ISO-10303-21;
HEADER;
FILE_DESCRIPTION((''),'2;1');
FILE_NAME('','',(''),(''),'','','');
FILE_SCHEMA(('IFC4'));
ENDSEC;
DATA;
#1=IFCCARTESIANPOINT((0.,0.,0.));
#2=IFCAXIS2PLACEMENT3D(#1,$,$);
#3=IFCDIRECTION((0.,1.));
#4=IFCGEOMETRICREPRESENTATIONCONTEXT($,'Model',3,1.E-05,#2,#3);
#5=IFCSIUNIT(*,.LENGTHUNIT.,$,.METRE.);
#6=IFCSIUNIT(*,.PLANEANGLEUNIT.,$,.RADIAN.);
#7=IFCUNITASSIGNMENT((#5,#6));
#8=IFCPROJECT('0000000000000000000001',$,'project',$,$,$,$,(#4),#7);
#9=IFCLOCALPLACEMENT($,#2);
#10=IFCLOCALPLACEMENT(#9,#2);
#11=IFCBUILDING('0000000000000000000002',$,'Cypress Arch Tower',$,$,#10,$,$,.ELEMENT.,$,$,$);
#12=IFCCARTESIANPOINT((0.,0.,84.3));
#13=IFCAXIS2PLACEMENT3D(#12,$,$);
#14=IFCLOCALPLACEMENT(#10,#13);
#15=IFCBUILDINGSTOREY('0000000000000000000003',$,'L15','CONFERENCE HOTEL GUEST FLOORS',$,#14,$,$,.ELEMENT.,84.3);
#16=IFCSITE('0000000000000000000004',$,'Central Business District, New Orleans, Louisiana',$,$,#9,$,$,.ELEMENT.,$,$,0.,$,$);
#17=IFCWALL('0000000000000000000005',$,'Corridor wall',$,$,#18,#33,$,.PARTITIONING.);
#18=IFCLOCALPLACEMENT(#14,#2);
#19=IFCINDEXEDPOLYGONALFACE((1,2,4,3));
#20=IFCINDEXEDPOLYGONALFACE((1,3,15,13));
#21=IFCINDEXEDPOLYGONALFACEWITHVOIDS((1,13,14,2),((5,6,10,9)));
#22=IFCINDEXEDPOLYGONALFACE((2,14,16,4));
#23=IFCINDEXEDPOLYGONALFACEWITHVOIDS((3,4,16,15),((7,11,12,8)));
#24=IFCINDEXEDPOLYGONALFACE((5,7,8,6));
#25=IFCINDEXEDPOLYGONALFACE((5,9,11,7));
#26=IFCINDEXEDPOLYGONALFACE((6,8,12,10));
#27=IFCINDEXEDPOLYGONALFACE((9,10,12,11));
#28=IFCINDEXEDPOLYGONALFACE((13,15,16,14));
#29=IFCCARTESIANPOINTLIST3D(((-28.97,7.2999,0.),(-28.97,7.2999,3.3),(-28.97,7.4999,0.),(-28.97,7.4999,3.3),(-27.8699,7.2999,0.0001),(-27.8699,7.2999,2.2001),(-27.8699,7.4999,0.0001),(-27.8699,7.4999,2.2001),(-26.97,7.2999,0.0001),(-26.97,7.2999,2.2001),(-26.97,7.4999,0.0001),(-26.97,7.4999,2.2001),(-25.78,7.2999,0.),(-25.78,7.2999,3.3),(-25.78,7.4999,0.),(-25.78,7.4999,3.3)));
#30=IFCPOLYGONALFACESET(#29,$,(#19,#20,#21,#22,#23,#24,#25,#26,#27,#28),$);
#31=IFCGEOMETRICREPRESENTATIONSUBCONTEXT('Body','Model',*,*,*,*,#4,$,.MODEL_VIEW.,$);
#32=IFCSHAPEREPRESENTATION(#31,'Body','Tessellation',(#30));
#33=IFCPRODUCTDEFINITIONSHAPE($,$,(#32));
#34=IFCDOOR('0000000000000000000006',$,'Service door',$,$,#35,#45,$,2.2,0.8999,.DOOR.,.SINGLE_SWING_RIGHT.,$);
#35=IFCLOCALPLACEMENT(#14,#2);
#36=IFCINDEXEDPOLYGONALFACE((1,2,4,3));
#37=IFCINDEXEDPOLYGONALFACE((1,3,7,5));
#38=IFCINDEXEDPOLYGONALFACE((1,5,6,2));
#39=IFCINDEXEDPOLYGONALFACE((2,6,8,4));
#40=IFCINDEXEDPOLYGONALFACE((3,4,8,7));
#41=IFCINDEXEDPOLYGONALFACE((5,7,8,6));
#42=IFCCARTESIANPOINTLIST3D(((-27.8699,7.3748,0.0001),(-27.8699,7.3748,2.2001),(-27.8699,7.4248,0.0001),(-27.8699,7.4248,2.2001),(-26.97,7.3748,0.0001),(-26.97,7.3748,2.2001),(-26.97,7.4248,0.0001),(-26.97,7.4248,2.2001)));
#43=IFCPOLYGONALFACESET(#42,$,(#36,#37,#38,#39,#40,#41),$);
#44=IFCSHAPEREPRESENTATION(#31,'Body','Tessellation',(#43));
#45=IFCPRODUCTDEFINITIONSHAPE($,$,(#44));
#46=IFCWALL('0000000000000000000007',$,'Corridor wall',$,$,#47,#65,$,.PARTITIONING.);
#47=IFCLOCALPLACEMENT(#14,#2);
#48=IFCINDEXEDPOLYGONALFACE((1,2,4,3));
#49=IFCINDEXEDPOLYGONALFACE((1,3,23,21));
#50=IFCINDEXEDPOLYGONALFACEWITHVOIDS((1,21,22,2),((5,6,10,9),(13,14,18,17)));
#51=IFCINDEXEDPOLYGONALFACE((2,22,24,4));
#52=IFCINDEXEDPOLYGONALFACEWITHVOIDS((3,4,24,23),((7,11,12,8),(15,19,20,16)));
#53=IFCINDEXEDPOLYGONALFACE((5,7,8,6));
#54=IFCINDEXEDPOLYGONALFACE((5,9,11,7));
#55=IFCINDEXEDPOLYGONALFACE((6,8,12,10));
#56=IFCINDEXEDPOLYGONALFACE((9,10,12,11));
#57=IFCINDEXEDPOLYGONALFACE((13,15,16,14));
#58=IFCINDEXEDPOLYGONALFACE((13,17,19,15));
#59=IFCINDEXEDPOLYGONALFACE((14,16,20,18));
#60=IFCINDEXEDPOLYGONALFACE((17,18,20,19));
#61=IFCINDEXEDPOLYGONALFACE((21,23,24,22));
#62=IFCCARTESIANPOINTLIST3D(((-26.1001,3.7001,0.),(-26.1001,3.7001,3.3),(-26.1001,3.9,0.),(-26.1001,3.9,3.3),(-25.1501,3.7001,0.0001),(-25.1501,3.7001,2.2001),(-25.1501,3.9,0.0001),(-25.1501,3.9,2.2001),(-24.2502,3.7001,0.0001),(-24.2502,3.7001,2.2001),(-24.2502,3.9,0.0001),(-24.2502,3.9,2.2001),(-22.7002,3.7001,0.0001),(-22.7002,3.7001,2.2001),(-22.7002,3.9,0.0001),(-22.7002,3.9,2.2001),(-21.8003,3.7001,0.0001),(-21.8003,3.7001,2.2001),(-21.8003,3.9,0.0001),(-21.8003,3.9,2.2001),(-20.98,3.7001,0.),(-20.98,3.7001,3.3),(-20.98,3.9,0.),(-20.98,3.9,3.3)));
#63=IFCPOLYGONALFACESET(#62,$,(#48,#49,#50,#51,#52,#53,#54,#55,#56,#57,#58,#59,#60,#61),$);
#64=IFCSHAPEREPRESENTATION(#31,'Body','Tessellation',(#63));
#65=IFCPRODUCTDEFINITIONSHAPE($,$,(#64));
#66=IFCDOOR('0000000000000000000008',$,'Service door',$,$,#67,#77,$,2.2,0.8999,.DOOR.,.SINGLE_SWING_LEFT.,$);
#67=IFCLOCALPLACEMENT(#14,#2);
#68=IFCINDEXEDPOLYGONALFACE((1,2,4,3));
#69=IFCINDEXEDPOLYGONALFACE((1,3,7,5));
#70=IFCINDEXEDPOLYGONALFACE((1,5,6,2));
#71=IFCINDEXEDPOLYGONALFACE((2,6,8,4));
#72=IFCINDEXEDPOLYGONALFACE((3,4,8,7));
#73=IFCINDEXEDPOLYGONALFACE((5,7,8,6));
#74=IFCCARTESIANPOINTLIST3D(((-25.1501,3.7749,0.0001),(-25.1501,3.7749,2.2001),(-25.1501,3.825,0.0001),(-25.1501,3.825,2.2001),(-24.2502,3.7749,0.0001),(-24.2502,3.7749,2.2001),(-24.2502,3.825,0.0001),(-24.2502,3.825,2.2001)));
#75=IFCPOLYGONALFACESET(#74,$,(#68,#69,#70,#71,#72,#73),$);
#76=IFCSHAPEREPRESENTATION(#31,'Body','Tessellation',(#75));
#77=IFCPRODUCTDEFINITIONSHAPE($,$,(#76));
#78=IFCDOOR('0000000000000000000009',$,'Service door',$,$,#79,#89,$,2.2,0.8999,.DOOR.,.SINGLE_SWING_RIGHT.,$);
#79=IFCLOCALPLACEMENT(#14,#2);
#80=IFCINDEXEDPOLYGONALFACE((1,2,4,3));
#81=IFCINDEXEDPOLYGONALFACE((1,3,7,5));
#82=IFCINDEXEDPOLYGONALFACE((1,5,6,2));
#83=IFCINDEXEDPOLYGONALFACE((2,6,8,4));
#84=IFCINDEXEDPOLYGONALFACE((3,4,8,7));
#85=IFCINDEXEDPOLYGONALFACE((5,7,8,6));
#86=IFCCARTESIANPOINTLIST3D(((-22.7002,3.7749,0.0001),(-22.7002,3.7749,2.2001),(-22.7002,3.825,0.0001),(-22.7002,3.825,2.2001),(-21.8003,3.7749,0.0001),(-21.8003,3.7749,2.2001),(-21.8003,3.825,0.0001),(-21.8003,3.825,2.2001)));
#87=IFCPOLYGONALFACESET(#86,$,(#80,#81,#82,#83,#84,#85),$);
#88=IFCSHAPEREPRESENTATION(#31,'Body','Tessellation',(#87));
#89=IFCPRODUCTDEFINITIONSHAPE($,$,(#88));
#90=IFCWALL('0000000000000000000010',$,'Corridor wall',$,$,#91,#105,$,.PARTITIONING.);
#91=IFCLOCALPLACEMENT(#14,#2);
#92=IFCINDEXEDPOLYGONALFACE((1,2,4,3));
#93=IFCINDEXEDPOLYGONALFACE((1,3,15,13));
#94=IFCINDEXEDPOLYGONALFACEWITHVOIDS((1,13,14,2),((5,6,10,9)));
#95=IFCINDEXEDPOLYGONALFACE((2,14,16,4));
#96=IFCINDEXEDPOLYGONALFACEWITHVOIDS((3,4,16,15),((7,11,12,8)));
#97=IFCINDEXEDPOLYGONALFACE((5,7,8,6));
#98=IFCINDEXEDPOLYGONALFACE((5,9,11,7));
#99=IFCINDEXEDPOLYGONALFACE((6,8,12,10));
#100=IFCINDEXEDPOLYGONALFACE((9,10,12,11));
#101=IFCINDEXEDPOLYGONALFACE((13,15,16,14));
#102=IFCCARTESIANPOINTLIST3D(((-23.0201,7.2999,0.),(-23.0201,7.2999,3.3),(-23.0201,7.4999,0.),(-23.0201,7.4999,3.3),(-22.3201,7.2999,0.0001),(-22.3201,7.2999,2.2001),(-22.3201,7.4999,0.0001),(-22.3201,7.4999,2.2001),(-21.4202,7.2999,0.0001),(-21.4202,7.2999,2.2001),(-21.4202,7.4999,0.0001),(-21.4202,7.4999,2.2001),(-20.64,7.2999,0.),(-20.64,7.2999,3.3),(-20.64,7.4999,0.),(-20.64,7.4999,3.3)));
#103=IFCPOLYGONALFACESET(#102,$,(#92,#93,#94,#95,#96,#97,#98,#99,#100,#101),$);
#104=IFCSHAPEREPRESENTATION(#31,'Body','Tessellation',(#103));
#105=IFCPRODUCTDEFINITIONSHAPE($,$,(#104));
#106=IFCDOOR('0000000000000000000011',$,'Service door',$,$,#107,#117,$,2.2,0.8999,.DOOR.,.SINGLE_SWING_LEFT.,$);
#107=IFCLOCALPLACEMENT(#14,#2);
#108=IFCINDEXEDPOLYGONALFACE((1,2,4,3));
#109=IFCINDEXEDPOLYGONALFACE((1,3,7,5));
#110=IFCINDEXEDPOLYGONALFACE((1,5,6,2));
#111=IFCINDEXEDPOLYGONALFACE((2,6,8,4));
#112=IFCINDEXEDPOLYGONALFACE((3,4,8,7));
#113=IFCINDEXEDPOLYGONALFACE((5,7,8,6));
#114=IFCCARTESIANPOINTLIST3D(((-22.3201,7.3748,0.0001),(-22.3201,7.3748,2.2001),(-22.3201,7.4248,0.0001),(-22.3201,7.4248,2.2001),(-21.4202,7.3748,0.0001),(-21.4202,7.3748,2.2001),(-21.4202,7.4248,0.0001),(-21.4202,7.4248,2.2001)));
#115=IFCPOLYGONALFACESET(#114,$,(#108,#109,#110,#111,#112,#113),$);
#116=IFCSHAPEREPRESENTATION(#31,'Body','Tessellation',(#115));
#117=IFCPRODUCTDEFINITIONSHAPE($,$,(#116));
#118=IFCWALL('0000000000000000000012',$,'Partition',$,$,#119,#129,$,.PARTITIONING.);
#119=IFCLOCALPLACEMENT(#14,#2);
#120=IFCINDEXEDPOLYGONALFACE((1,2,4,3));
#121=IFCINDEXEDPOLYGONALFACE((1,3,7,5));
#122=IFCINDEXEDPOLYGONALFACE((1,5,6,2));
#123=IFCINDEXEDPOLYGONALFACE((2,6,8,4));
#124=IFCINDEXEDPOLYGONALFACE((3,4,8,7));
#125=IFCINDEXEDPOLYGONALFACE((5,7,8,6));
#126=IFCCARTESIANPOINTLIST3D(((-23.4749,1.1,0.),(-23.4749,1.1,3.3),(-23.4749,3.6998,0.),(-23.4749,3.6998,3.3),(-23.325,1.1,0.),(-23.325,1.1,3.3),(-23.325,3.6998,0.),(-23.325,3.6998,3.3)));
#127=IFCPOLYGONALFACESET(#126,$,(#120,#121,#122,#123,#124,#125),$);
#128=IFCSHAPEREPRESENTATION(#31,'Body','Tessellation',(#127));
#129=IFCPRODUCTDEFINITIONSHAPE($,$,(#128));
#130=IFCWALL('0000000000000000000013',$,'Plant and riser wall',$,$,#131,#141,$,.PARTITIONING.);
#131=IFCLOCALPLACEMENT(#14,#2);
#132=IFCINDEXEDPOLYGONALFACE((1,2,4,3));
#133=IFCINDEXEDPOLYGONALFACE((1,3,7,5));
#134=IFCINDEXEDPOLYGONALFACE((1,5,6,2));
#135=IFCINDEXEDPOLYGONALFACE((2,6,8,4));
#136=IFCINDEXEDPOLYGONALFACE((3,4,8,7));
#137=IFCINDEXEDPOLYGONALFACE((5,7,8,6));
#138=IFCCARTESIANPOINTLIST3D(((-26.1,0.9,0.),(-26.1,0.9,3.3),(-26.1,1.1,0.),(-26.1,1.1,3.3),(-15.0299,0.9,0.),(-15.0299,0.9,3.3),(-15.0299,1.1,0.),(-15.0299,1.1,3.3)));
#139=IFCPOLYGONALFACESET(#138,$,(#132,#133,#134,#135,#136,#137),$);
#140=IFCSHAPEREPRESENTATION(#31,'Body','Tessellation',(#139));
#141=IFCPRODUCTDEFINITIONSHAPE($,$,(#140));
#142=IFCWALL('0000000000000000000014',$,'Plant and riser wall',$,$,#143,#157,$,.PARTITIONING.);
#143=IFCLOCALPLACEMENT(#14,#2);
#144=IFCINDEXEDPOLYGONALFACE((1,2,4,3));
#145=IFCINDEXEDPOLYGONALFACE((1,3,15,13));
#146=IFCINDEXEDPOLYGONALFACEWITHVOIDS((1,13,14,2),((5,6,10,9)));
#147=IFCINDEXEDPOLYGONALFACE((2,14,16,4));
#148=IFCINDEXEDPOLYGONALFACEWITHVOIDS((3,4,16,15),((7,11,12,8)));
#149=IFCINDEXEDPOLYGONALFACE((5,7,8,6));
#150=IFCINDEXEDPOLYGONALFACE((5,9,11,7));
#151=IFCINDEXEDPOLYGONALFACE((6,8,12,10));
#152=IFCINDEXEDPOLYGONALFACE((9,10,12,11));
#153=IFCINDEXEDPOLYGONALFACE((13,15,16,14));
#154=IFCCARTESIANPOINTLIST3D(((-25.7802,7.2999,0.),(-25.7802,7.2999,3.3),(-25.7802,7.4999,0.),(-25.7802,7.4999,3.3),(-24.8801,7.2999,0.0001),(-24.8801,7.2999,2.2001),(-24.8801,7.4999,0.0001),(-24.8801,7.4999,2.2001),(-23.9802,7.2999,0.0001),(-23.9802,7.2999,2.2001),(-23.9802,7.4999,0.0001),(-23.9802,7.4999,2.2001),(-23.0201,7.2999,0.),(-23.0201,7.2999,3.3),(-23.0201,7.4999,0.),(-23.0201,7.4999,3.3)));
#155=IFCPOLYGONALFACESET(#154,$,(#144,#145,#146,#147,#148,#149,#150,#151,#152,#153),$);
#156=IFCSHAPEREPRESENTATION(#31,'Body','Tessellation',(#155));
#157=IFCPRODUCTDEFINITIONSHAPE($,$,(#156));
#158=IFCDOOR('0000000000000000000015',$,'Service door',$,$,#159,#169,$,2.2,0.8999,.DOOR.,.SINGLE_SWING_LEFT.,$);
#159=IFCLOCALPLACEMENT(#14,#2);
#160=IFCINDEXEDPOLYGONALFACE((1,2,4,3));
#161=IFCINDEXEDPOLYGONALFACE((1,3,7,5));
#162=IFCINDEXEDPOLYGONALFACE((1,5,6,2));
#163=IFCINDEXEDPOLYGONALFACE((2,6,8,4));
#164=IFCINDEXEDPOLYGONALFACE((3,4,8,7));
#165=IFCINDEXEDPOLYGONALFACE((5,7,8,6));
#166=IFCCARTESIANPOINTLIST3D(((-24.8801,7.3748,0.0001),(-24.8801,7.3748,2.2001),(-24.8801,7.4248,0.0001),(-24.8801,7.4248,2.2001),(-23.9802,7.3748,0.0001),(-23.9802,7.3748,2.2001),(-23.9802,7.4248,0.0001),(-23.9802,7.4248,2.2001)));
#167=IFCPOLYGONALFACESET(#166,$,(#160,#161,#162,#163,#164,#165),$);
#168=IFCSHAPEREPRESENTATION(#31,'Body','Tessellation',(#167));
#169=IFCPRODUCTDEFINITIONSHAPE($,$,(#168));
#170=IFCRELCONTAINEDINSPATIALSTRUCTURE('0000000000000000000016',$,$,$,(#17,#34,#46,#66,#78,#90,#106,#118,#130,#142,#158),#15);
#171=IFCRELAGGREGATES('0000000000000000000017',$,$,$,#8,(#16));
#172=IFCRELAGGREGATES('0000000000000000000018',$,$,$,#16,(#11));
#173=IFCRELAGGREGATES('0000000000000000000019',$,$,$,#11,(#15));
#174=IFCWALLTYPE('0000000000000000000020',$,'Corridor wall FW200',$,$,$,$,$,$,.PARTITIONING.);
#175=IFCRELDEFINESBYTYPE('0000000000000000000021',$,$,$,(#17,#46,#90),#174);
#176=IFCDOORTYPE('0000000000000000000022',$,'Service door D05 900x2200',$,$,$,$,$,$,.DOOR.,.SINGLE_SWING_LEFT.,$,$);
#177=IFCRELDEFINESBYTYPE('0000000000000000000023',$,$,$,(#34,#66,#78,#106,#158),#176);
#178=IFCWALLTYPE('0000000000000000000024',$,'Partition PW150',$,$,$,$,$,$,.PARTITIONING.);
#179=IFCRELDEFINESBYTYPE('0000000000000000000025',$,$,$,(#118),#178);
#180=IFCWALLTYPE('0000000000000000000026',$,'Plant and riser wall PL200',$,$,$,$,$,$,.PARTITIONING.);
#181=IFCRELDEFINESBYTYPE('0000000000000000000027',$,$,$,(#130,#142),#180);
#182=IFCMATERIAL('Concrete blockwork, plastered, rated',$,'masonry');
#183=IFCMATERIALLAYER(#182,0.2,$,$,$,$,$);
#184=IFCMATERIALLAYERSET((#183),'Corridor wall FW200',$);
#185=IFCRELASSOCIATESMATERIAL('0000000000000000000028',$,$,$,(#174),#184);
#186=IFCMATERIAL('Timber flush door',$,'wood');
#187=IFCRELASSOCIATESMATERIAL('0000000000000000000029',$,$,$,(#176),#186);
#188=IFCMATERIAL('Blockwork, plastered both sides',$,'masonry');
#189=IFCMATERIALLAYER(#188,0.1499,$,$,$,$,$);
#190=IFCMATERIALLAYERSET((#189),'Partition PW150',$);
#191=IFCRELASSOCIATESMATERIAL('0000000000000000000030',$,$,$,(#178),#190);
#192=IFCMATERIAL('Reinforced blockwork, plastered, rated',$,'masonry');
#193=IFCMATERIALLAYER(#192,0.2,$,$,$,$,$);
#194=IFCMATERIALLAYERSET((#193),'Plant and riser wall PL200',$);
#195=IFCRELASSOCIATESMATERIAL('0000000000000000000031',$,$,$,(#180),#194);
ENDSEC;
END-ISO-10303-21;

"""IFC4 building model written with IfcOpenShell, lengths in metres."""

from ifc_helpers import new_model, si_unit, direction, frame, frame_2d, origin, place, context, subcontext, project, spatial, rectangle, extrude, material, layer, layer_set, type_object, element, fill, save


model = new_model("IFC4")

# Units and contexts
model_context = context("Model", 3, precision=1e-05, world=origin(), true_north=direction((0.0, 1.0)))
body_context = subcontext(model_context, "Body", "Model", "MODEL_VIEW")
ifc_project = project(units=[si_unit("LENGTHUNIT", "METRE"), si_unit("PLANEANGLEUNIT", "RADIAN")], contexts=[model_context])

# Site, building, storey
site_placement = place(None, origin())
site = spatial("IfcSite", under=ifc_project, at=site_placement, Name="Central Business District, New Orleans, Louisiana", CompositionType="ELEMENT", RefElevation=0.0)
building_placement = place(site_placement, origin())
building = spatial("IfcBuilding", under=site, at=building_placement, Name="Cypress Arch Tower", CompositionType="ELEMENT")
storey_placement = place(building_placement, frame((0.0, 0.0, 84.3)))
storey = spatial("IfcBuildingStorey", under=building, at=storey_placement, Name="L15", Description="CONFERENCE HOTEL GUEST FLOORS", CompositionType="ELEMENT", Elevation=84.3)

# Wall, opening, door
ifc_material_1 = material(Name="Concrete blockwork, plastered, rated", Category="masonry")
ifc_layer_1 = layer(ifc_material_1, 0.2)
ifc_layer_set_1 = layer_set([ifc_layer_1], Name="Corridor wall FW200")
wall_type_1 = type_object("IfcWallType", Name="Corridor wall FW200", PredefinedType="PARTITIONING", material=ifc_layer_set_1)
wall_1_placement = place(storey_placement, frame((-28.97, 7.3999, 0.0), z_axis=(0.0, 0.0, 1.0), x_axis=(1.0, 0.0, 0.0)))
wall_1 = element("IfcWall", 1, at=wall_1_placement, inside=storey, type_object=wall_type_1, Name="Corridor wall", PredefinedType="PARTITIONING", context=body_context, shape_type="SweptSolid", body=[
    extrude(rectangle(XDim=3.1899, YDim=0.2, at=frame_2d((1.595, 0.0))), origin(), (0.0, 0.0, 1.0), 3.3),
])
opening_1_placement = place(wall_1_placement, frame((1.1001, 0.0, 0.0)))
opening_1 = element("IfcOpeningElement", 2, at=opening_1_placement, cuts=wall_1, PredefinedType="OPENING", context=body_context, shape_type="SweptSolid", body=[
    extrude(rectangle(XDim=0.8999, YDim=2.2, at=frame_2d((0.45, 1.1001))), frame((0.0, 0.1099, 0.0), z_axis=(0.0, -1.0, 0.0), x_axis=(1.0, 0.0, 0.0)), (0.0, 0.0, 1.0), 0.22),
])
ifc_material_2 = material(Name="Timber flush door", Category="wood")
door_type = type_object("IfcDoorType", Name="Service door D05 900x2200", OperationType="SINGLE_SWING_LEFT", PredefinedType="DOOR", material=ifc_material_2)
door_1_placement = place(opening_1_placement, origin())
door_1 = element("IfcDoor", 3, at=door_1_placement, inside=storey, type_object=door_type, Name="Service door", OperationType="SINGLE_SWING_RIGHT", OverallHeight=2.2, OverallWidth=0.8999, PredefinedType="DOOR", context=body_context, shape_type="SweptSolid", body=[
    extrude(rectangle(XDim=0.8999, YDim=2.2, at=frame_2d((0.45, 1.1001))), frame((0.0, 0.0249, 0.0), z_axis=(0.0, -1.0, 0.0), x_axis=(1.0, 0.0, 0.0)), (0.0, 0.0, 1.0), 0.05),
])
fill(opening_1, door_1)

# Wall, openings, doors
wall_2_placement = place(storey_placement, frame((-26.1001, 3.8, 0.0), z_axis=(0.0, 0.0, 1.0), x_axis=(1.0, 0.0, 0.0)))
wall_2 = element("IfcWall", 4, at=wall_2_placement, inside=storey, type_object=wall_type_1, Name="Corridor wall", PredefinedType="PARTITIONING", context=body_context, shape_type="SweptSolid", body=[
    extrude(rectangle(XDim=5.1201, YDim=0.2, at=frame_2d((2.5601, 0.0))), origin(), (0.0, 0.0, 1.0), 3.3),
])
opening_2_placement = place(wall_2_placement, frame((0.95, 0.0, 0.0)))
opening_2 = element("IfcOpeningElement", 5, at=opening_2_placement, cuts=wall_2, PredefinedType="OPENING", context=body_context, shape_type="SweptSolid", body=[
    extrude(rectangle(XDim=0.8999, YDim=2.2, at=frame_2d((0.45, 1.1001))), frame((0.0, 0.1099, 0.0), z_axis=(0.0, -1.0, 0.0), x_axis=(1.0, 0.0, 0.0)), (0.0, 0.0, 1.0), 0.22),
])
opening_3_placement = place(wall_2_placement, frame((3.3999, 0.0, 0.0)))
opening_3 = element("IfcOpeningElement", 6, at=opening_3_placement, cuts=wall_2, PredefinedType="OPENING", context=body_context, shape_type="SweptSolid", body=[
    extrude(rectangle(XDim=0.8999, YDim=2.2, at=frame_2d((0.45, 1.1001))), frame((0.0, 0.1099, 0.0), z_axis=(0.0, -1.0, 0.0), x_axis=(1.0, 0.0, 0.0)), (0.0, 0.0, 1.0), 0.22),
])
door_2_placement = place(opening_2_placement, origin())
door_2 = element("IfcDoor", 7, at=door_2_placement, inside=storey, type_object=door_type, Name="Service door", OperationType="SINGLE_SWING_LEFT", OverallHeight=2.2, OverallWidth=0.8999, PredefinedType="DOOR", context=body_context, shape_type="SweptSolid", body=[
    extrude(rectangle(XDim=0.8999, YDim=2.2, at=frame_2d((0.45, 1.1001))), frame((0.0, 0.0249, 0.0), z_axis=(0.0, -1.0, 0.0), x_axis=(1.0, 0.0, 0.0)), (0.0, 0.0, 1.0), 0.05),
])
fill(opening_2, door_2)
door_3_placement = place(opening_3_placement, origin())
door_3 = element("IfcDoor", 8, at=door_3_placement, inside=storey, type_object=door_type, Name="Service door", OperationType="SINGLE_SWING_RIGHT", OverallHeight=2.2, OverallWidth=0.8999, PredefinedType="DOOR", context=body_context, shape_type="SweptSolid", body=[
    extrude(rectangle(XDim=0.8999, YDim=2.2, at=frame_2d((0.45, 1.1001))), frame((0.0, 0.0249, 0.0), z_axis=(0.0, -1.0, 0.0), x_axis=(1.0, 0.0, 0.0)), (0.0, 0.0, 1.0), 0.05),
])
fill(opening_3, door_3)

# Wall, opening, door
wall_3_placement = place(storey_placement, frame((-23.02, 7.3999, 0.0), z_axis=(0.0, 0.0, 1.0), x_axis=(1.0, 0.0, 0.0)))
wall_3 = element("IfcWall", 9, at=wall_3_placement, inside=storey, type_object=wall_type_1, Name="Corridor wall", PredefinedType="PARTITIONING", context=body_context, shape_type="SweptSolid", body=[
    extrude(rectangle(XDim=2.3801, YDim=0.2, at=frame_2d((1.1899, 0.0))), origin(), (0.0, 0.0, 1.0), 3.3),
])
opening_4_placement = place(wall_3_placement, frame((0.7, 0.0, 0.0)))
opening_4 = element("IfcOpeningElement", 10, at=opening_4_placement, cuts=wall_3, PredefinedType="OPENING", context=body_context, shape_type="SweptSolid", body=[
    extrude(rectangle(XDim=0.8999, YDim=2.2, at=frame_2d((0.45, 1.1001))), frame((0.0, 0.1099, 0.0), z_axis=(0.0, -1.0, 0.0), x_axis=(1.0, 0.0, 0.0)), (0.0, 0.0, 1.0), 0.22),
])
door_4_placement = place(opening_4_placement, origin())
door_4 = element("IfcDoor", 11, at=door_4_placement, inside=storey, type_object=door_type, Name="Service door", OperationType="SINGLE_SWING_LEFT", OverallHeight=2.2, OverallWidth=0.8999, PredefinedType="DOOR", context=body_context, shape_type="SweptSolid", body=[
    extrude(rectangle(XDim=0.8999, YDim=2.2, at=frame_2d((0.45, 1.1001))), frame((0.0, 0.0249, 0.0), z_axis=(0.0, -1.0, 0.0), x_axis=(1.0, 0.0, 0.0)), (0.0, 0.0, 1.0), 0.05),
])
fill(opening_4, door_4)

# Walls
ifc_material_3 = material(Name="Blockwork, plastered both sides", Category="masonry")
ifc_layer_2 = layer(ifc_material_3, 0.1499)
ifc_layer_set_2 = layer_set([ifc_layer_2], Name="Partition PW150")
wall_type_2 = type_object("IfcWallType", Name="Partition PW150", PredefinedType="PARTITIONING", material=ifc_layer_set_2)
wall_4_placement = place(storey_placement, frame((-23.3999, 1.1001, 0.0), z_axis=(0.0, 0.0, 1.0), x_axis=(0.0, 1.0, 0.0)))
element("IfcWall", 12, at=wall_4_placement, inside=storey, type_object=wall_type_2, Name="Partition", PredefinedType="PARTITIONING", context=body_context, shape_type="SweptSolid", body=[
    extrude(rectangle(XDim=2.5999, YDim=0.1499, at=frame_2d((1.2998, 0.0))), origin(), (0.0, 0.0, 1.0), 3.3),
])
ifc_material_4 = material(Name="Reinforced blockwork, plastered, rated", Category="masonry")
ifc_layer_3 = layer(ifc_material_4, 0.2)
ifc_layer_set_3 = layer_set([ifc_layer_3], Name="Plant and riser wall PL200")
wall_type_3 = type_object("IfcWallType", Name="Plant and riser wall PL200", PredefinedType="PARTITIONING", material=ifc_layer_set_3)
wall_5_placement = place(storey_placement, frame((-26.1001, 1.0, 0.0), z_axis=(0.0, 0.0, 1.0), x_axis=(1.0, 0.0, 0.0)))
element("IfcWall", 13, at=wall_5_placement, inside=storey, type_object=wall_type_3, Name="Plant and riser wall", PredefinedType="PARTITIONING", context=body_context, shape_type="SweptSolid", body=[
    extrude(rectangle(XDim=11.0701, YDim=0.2, at=frame_2d((5.5352, 0.0))), origin(), (0.0, 0.0, 1.0), 3.3),
])

# Wall, opening, door
wall_6_placement = place(storey_placement, frame((-25.78, 7.3999, 0.0), z_axis=(0.0, 0.0, 1.0), x_axis=(1.0, 0.0, 0.0)))
wall_6 = element("IfcWall", 14, at=wall_6_placement, inside=storey, type_object=wall_type_3, Name="Plant and riser wall", PredefinedType="PARTITIONING", context=body_context, shape_type="SweptSolid", body=[
    extrude(rectangle(XDim=2.76, YDim=0.2, at=frame_2d((1.3799, 0.0))), origin(), (0.0, 0.0, 1.0), 3.3),
])
opening_5_placement = place(wall_6_placement, frame((0.8999, 0.0, 0.0)))
opening_5 = element("IfcOpeningElement", 15, at=opening_5_placement, cuts=wall_6, PredefinedType="OPENING", context=body_context, shape_type="SweptSolid", body=[
    extrude(rectangle(XDim=0.8999, YDim=2.2, at=frame_2d((0.45, 1.1001))), frame((0.0, 0.1099, 0.0), z_axis=(0.0, -1.0, 0.0), x_axis=(1.0, 0.0, 0.0)), (0.0, 0.0, 1.0), 0.22),
])
door_5_placement = place(opening_5_placement, origin())
door_5 = element("IfcDoor", 16, at=door_5_placement, inside=storey, type_object=door_type, Name="Service door", OperationType="SINGLE_SWING_LEFT", OverallHeight=2.2, OverallWidth=0.8999, PredefinedType="DOOR", context=body_context, shape_type="SweptSolid", body=[
    extrude(rectangle(XDim=0.8999, YDim=2.2, at=frame_2d((0.45, 1.1001))), frame((0.0, 0.0249, 0.0), z_axis=(0.0, -1.0, 0.0), x_axis=(1.0, 0.0, 0.0)), (0.0, 0.0, 1.0), 0.05),
])
fill(opening_5, door_5)

save(model, "model.ifc")
